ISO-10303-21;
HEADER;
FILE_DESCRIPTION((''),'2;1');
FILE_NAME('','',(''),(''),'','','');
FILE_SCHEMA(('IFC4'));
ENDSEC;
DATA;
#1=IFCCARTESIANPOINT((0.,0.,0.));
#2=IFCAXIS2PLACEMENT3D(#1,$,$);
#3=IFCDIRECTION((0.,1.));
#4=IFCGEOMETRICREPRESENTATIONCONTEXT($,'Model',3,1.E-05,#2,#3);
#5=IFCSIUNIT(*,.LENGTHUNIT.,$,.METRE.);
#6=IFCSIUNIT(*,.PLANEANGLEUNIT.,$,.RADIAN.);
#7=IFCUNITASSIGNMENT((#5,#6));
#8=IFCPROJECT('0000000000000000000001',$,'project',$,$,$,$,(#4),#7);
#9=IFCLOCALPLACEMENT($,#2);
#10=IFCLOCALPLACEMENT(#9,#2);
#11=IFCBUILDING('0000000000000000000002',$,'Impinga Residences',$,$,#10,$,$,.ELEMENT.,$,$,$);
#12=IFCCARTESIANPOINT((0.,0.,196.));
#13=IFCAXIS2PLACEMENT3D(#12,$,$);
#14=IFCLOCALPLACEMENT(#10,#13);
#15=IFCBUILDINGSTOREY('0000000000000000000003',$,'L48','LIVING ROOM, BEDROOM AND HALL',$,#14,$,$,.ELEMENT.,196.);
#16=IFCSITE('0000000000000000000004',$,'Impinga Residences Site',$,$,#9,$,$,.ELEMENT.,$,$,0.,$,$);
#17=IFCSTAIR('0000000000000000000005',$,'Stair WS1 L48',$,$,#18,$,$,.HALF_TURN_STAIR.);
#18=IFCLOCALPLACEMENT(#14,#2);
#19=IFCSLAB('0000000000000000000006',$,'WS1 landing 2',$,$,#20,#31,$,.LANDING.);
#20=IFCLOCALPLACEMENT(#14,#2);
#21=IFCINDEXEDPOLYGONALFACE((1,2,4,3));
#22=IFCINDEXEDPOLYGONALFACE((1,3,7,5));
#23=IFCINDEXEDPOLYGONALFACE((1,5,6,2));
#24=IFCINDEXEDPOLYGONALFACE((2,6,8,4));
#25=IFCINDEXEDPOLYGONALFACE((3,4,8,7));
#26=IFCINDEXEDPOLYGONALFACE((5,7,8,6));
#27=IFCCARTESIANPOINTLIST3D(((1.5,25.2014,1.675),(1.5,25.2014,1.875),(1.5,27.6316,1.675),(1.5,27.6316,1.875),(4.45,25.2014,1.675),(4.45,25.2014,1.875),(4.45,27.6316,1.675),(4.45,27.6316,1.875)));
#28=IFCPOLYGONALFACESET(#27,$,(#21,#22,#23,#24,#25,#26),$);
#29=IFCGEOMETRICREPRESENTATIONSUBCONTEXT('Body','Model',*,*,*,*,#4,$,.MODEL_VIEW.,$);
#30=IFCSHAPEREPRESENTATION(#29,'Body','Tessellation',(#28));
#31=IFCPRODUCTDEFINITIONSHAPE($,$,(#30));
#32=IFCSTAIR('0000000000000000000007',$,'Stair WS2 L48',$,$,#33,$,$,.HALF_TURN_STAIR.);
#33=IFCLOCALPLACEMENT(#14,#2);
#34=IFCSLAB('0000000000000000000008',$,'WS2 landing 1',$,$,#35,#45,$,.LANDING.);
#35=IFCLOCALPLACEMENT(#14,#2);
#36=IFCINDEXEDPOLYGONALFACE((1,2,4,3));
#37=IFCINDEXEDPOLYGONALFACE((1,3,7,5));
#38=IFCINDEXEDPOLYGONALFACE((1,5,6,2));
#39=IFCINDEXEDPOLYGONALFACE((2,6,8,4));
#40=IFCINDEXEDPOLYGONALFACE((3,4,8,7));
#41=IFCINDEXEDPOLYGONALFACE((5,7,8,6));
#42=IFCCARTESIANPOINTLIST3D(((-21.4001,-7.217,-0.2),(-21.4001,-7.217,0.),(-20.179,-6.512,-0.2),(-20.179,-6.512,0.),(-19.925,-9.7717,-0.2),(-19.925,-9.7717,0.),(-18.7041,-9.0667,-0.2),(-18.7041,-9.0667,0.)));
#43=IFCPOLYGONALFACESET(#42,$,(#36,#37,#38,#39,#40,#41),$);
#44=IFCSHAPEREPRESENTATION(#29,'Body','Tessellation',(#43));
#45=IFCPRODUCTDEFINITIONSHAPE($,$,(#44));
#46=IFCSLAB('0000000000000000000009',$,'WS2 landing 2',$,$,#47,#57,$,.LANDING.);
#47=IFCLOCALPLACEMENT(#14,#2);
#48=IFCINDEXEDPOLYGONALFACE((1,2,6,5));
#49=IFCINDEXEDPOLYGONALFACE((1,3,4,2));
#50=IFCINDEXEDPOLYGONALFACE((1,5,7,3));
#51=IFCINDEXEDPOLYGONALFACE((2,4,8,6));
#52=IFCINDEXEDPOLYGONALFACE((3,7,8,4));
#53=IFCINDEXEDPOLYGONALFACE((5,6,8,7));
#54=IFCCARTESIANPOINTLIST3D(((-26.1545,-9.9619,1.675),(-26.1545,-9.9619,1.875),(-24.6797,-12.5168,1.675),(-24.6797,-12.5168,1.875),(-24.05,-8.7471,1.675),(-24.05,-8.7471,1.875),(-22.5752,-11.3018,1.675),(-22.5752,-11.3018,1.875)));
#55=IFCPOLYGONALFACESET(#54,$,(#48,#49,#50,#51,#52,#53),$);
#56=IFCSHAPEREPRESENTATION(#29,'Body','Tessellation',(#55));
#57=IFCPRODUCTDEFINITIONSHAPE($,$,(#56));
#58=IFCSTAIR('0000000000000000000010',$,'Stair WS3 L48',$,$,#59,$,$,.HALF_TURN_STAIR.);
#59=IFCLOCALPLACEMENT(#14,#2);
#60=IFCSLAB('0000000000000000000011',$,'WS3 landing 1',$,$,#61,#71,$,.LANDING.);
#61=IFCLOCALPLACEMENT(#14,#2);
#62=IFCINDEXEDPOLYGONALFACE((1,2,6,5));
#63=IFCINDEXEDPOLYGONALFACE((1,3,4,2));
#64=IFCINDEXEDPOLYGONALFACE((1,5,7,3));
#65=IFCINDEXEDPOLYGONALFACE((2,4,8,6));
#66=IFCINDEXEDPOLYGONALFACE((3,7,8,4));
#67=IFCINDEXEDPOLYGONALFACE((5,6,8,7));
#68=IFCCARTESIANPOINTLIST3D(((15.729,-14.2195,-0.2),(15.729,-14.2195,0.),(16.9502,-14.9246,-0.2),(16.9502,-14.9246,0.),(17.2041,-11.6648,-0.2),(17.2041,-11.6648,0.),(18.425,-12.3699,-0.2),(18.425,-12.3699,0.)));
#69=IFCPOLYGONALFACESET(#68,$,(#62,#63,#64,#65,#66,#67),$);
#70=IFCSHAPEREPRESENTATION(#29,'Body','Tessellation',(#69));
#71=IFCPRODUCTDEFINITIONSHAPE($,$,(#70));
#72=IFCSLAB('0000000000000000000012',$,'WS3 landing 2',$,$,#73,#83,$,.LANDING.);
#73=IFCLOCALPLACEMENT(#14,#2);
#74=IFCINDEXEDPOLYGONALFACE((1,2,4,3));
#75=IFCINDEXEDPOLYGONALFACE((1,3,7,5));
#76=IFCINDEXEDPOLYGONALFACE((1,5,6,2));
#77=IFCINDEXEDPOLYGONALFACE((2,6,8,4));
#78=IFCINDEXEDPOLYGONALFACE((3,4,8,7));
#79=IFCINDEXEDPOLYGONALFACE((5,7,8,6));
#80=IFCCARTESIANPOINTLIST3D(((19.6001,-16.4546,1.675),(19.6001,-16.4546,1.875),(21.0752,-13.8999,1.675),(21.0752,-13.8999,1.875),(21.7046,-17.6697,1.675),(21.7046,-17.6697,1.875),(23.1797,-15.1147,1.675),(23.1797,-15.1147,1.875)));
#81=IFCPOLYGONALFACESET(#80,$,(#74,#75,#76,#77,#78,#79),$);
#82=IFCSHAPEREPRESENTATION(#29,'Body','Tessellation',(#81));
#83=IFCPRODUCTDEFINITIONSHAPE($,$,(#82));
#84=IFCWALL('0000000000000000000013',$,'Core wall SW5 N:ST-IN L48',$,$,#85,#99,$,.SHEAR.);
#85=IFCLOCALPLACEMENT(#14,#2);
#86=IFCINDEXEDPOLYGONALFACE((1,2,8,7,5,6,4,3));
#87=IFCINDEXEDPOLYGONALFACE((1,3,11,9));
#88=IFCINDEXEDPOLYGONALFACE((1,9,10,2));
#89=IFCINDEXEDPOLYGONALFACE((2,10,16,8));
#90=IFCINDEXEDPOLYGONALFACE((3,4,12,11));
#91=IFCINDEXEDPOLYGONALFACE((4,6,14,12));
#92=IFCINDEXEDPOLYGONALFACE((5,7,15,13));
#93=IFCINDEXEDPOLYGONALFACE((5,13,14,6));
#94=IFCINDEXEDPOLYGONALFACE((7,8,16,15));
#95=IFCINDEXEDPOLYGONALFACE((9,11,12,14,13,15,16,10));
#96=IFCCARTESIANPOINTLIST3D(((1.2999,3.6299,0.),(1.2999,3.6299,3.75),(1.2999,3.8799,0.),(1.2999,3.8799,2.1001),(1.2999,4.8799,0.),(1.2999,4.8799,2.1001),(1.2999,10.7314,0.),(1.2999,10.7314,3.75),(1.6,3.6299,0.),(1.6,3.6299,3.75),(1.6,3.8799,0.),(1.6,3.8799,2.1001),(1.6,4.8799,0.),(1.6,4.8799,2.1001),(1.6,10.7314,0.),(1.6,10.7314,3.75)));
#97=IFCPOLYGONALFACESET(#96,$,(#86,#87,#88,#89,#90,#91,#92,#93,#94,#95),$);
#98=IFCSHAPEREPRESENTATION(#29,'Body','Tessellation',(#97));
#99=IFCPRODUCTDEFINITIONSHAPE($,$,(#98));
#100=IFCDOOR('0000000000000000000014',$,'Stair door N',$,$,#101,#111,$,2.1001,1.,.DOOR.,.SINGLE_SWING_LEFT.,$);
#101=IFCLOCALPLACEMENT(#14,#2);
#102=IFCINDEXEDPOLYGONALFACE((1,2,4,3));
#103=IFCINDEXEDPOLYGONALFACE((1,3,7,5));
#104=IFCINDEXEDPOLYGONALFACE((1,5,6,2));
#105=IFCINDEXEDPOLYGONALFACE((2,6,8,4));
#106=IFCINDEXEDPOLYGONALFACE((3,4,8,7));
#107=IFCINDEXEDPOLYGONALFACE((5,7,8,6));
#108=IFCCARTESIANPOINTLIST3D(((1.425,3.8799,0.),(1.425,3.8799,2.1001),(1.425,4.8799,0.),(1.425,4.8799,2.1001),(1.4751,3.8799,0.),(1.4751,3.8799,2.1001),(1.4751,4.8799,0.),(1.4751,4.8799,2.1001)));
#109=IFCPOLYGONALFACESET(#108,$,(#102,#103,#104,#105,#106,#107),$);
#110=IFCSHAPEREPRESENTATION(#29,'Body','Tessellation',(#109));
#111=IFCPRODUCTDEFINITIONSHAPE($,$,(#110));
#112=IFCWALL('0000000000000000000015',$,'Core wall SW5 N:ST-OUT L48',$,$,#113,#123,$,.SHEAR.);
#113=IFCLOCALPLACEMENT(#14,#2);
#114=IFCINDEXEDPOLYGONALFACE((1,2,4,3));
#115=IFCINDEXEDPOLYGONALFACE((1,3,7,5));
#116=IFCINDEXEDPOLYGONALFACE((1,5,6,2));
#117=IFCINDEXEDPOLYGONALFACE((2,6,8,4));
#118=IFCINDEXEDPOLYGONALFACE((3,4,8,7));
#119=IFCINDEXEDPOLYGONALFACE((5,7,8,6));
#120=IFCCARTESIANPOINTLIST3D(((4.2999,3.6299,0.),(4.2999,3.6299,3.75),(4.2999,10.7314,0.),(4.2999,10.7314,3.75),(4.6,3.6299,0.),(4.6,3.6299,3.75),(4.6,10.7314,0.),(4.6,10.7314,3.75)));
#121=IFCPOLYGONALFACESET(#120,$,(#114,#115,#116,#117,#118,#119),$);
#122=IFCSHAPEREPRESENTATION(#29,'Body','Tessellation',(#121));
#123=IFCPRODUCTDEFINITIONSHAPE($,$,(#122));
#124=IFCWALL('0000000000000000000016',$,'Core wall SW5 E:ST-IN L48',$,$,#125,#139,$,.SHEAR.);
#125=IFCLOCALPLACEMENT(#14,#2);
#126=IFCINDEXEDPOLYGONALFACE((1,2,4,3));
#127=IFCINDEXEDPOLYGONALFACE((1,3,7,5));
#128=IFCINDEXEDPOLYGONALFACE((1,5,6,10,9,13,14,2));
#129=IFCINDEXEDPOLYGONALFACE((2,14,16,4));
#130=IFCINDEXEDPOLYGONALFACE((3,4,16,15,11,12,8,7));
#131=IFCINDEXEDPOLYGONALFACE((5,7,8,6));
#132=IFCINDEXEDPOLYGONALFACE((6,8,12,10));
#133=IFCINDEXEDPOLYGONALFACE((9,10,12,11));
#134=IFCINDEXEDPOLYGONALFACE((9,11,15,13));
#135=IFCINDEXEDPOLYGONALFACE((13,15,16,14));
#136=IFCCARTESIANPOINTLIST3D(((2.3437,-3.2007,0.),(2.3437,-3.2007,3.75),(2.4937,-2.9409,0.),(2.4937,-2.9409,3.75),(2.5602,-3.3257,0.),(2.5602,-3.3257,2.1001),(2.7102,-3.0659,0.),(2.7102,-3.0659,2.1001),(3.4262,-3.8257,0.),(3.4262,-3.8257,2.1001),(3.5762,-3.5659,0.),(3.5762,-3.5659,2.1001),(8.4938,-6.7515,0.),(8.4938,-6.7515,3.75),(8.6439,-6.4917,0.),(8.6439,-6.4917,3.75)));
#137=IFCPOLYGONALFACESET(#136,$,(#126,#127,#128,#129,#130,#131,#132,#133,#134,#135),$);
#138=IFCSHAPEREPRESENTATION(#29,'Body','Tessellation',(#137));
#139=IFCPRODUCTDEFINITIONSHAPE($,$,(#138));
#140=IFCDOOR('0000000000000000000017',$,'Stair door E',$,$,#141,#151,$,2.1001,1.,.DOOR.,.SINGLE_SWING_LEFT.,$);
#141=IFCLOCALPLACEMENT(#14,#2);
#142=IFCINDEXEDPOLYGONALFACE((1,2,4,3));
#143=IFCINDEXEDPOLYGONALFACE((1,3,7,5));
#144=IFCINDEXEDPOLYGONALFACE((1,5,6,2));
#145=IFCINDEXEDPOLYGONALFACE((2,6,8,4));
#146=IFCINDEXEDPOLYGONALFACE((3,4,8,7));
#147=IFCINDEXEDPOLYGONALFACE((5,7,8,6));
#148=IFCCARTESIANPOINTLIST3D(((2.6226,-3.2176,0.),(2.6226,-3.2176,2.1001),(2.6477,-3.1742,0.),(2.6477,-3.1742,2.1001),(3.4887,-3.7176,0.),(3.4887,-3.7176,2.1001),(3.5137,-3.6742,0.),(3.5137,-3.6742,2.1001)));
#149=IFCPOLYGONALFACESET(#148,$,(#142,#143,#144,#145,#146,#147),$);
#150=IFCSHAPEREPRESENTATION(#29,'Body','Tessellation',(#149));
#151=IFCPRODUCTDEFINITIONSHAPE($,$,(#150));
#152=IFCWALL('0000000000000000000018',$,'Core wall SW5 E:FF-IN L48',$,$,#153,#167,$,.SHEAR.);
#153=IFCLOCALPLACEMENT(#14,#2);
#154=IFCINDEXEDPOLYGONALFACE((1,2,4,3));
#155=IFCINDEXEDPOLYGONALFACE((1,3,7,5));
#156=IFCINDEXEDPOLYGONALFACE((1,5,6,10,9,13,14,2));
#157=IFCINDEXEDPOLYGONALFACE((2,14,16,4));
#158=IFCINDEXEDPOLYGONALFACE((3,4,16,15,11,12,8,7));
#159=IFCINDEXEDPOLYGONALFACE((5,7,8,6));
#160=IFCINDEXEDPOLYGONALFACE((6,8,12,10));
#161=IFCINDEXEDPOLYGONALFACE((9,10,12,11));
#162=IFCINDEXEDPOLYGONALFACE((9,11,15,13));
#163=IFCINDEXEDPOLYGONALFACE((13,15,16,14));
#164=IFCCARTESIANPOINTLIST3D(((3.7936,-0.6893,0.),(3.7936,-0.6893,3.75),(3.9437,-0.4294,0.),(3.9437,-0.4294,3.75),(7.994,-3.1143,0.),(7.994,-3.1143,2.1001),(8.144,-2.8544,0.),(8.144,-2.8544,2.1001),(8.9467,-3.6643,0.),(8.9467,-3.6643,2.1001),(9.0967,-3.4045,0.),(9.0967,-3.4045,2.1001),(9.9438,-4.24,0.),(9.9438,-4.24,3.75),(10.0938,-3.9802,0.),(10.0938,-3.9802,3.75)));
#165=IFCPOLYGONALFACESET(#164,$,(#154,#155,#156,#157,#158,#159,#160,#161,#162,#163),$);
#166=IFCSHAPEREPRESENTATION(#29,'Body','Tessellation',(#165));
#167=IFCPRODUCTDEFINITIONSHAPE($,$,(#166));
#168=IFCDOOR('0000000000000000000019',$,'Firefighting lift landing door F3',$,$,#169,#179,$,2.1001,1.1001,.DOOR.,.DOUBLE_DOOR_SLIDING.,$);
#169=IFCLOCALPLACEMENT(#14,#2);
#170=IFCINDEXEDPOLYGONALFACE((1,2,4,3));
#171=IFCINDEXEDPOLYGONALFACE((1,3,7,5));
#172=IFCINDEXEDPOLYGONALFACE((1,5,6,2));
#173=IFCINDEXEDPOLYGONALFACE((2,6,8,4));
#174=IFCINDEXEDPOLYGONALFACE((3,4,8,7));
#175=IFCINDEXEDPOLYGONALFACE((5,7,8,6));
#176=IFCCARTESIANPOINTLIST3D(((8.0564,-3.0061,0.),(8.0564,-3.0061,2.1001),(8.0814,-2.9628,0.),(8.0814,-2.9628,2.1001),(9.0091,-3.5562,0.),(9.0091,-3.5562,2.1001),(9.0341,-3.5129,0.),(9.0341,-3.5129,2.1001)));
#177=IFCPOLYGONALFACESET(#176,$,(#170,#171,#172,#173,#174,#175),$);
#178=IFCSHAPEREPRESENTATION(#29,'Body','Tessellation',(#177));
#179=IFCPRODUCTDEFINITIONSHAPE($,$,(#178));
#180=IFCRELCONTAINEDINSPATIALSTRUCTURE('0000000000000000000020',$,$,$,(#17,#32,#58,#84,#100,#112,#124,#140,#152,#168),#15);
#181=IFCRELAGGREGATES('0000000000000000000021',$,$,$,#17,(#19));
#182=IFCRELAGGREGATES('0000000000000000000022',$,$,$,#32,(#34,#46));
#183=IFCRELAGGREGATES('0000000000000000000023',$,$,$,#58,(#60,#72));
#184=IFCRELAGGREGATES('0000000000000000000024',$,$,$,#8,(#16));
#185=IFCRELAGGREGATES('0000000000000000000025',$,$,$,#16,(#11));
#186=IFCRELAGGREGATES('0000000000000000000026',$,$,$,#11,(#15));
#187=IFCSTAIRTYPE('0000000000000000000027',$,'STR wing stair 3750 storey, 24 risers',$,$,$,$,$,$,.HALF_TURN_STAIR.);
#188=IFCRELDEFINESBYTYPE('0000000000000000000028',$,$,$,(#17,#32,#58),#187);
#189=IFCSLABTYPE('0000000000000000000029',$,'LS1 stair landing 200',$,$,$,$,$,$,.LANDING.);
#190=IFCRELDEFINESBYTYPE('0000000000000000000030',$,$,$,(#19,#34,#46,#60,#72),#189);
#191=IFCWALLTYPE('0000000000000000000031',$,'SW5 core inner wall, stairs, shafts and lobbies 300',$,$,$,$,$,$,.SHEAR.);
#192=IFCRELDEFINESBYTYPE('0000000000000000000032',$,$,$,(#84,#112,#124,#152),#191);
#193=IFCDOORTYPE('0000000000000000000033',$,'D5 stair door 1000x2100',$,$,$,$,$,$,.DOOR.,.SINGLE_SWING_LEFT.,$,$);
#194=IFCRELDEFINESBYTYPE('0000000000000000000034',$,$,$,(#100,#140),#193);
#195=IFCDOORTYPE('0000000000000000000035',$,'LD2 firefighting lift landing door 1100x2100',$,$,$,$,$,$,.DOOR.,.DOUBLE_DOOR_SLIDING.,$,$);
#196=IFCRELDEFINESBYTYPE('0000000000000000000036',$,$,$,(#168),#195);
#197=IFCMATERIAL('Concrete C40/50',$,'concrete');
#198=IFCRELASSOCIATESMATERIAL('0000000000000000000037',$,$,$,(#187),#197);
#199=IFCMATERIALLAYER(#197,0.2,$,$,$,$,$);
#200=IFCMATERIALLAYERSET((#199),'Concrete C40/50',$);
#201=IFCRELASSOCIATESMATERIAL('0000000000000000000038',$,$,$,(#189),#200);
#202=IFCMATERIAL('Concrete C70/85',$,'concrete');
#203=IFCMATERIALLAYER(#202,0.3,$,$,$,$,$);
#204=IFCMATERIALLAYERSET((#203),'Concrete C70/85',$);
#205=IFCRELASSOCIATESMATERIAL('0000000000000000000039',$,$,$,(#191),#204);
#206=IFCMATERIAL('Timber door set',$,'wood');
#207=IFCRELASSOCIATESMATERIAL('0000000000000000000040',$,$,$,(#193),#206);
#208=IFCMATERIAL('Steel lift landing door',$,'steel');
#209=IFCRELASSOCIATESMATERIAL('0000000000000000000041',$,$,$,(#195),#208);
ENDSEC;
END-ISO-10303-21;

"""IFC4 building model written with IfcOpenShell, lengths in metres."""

from ifc_helpers import new_model, si_unit, direction, frame, frame_2d, origin, place, context, subcontext, project, spatial, polyline, rectangle, outline, extrude, material, layer, layer_set, type_object, element, fill, aggregate, save


model = new_model("IFC4")

# Units and contexts
model_context = context("Model", 3, precision=1e-05, world=origin(), true_north=direction((0.0, 1.0)))
body_context = subcontext(model_context, "Body", "Model", "MODEL_VIEW")
ifc_project = project(units=[si_unit("LENGTHUNIT", "METRE"), si_unit("PLANEANGLEUNIT", "RADIAN")], contexts=[model_context])

# Site, building, storey
site_placement = place(None, origin())
site = spatial("IfcSite", under=ifc_project, at=site_placement, Name="Impinga Residences Site", CompositionType="ELEMENT", RefElevation=0.0)
building_placement = place(site_placement, origin())
building = spatial("IfcBuilding", under=site, at=building_placement, Name="Impinga Residences", CompositionType="ELEMENT")
storey_placement = place(building_placement, frame((0.0, 0.0, 196.0)))
storey = spatial("IfcBuildingStorey", under=building, at=storey_placement, Name="L48", Description="LIVING ROOM, BEDROOM AND HALL", CompositionType="ELEMENT", Elevation=196.0)

# Stair, slab
ifc_material_1 = material(Name="Concrete C40/50", Category="concrete")
stair_type_1 = type_object("IfcStairType", Name="STR wing stair 3750 storey, 24 risers", PredefinedType="HALF_TURN_STAIR", material=ifc_material_1)
stair_1_placement = place(storey_placement, origin())
stair_1 = element("IfcStair", 1, at=stair_1_placement, inside=storey, type_object=stair_type_1, Name="Stair WS1 L48", PredefinedType="HALF_TURN_STAIR")
ifc_layer_1 = layer(ifc_material_1, 0.2)
ifc_layer_set_1 = layer_set([ifc_layer_1], Name="Concrete C40/50")
slab_type = type_object("IfcSlabType", Name="LS1 stair landing 200", PredefinedType="LANDING", material=ifc_layer_set_1)
slab_1_placement = place(storey_placement, frame((0.0, 0.0, 1.675)))
slab_1 = element("IfcSlab", 2, at=slab_1_placement, type_object=slab_type, Name="WS1 landing 2", PredefinedType="LANDING", context=body_context, shape_type="SweptSolid", body=[
    extrude(outline(polyline([(1.5, 25.2014), (4.45, 25.2014), (4.45, 27.6316), (1.5, 27.6316), (1.5, 25.2014)])), origin(), (0.0, 0.0, 1.0), 0.2),
])
aggregate(stair_1, [slab_1])

# Stairs, slabs
stair_2_placement = place(storey_placement, origin())
stair_2 = element("IfcStair", 3, at=stair_2_placement, inside=storey, type_object=stair_type_1, Name="Stair WS2 L48", PredefinedType="HALF_TURN_STAIR")
slab_2_placement = place(storey_placement, frame((0.0, 0.0, -0.2)))
slab_2 = element("IfcSlab", 4, at=slab_2_placement, type_object=slab_type, Name="WS2 landing 1", PredefinedType="LANDING", context=body_context, shape_type="SweptSolid", body=[
    extrude(outline(polyline([(-18.7041, -9.0667), (-20.179, -6.512), (-21.4001, -7.217), (-19.925, -9.7717), (-18.7041, -9.0667)])), origin(), (0.0, 0.0, 1.0), 0.2),
])
slab_3_placement = place(storey_placement, frame((0.0, 0.0, 1.675)))
slab_3 = element("IfcSlab", 5, at=slab_3_placement, type_object=slab_type, Name="WS2 landing 2", PredefinedType="LANDING", context=body_context, shape_type="SweptSolid", body=[
    extrude(outline(polyline([(-22.5752, -11.3018), (-24.05, -8.7471), (-26.1545, -9.9619), (-24.6797, -12.5168), (-22.5752, -11.3018)])), origin(), (0.0, 0.0, 1.0), 0.2),
])
aggregate(stair_2, [slab_2, slab_3])
stair_3_placement = place(storey_placement, origin())
stair_3 = element("IfcStair", 6, at=stair_3_placement, inside=storey, type_object=stair_type_1, Name="Stair WS3 L48", PredefinedType="HALF_TURN_STAIR")
slab_4_placement = place(storey_placement, frame((0.0, 0.0, -0.2)))
slab_4 = element("IfcSlab", 7, at=slab_4_placement, type_object=slab_type, Name="WS3 landing 1", PredefinedType="LANDING", context=body_context, shape_type="SweptSolid", body=[
    extrude(outline(polyline([(17.2041, -11.6648), (15.729, -14.2195), (16.9502, -14.9246), (18.425, -12.3699), (17.2041, -11.6648)])), origin(), (0.0, 0.0, 1.0), 0.2),
])
slab_5_placement = place(storey_placement, frame((0.0, 0.0, 1.675)))
slab_5 = element("IfcSlab", 8, at=slab_5_placement, type_object=slab_type, Name="WS3 landing 2", PredefinedType="LANDING", context=body_context, shape_type="SweptSolid", body=[
    extrude(outline(polyline([(21.0752, -13.8999), (19.6001, -16.4546), (21.7046, -17.6697), (23.1797, -15.1147), (21.0752, -13.8999)])), origin(), (0.0, 0.0, 1.0), 0.2),
])
aggregate(stair_3, [slab_4, slab_5])

# Wall, opening, door
ifc_material_2 = material(Name="Concrete C70/85", Category="concrete")
ifc_layer_2 = layer(ifc_material_2, 0.3)
ifc_layer_set_2 = layer_set([ifc_layer_2], Name="Concrete C70/85")
wall_type = type_object("IfcWallType", Name="SW5 core inner wall, stairs, shafts and lobbies 300", PredefinedType="SHEAR", material=ifc_layer_set_2)
wall_1_placement = place(storey_placement, frame((1.45, 3.6299, 0.0), z_axis=(0.0, 0.0, 1.0), x_axis=(0.0, 1.0, 0.0)))
wall_1 = element("IfcWall", 9, at=wall_1_placement, inside=storey, type_object=wall_type, Name="Core wall SW5 N:ST-IN L48", PredefinedType="SHEAR", context=body_context, shape_type="SweptSolid", body=[
    extrude(rectangle(XDim=7.1016, YDim=0.3, at=frame_2d((3.5508, 0.0))), origin(), (0.0, 0.0, 1.0), 3.75),
])
opening_1_placement = place(wall_1_placement, frame((0.25, 0.0, 0.0)))
opening_1 = element("IfcOpeningElement", 10, at=opening_1_placement, cuts=wall_1, PredefinedType="OPENING", context=body_context, shape_type="SweptSolid", body=[
    extrude(rectangle(XDim=1.0, YDim=2.1001, at=frame_2d((0.5, 1.05))), frame((0.0, 0.1599, 0.0), z_axis=(0.0, -1.0, 0.0), x_axis=(1.0, 0.0, 0.0)), (0.0, 0.0, 1.0), 0.3201),
])
ifc_material_3 = material(Name="Timber door set", Category="wood")
door_type_1 = type_object("IfcDoorType", Name="D5 stair door 1000x2100", OperationType="SINGLE_SWING_LEFT", PredefinedType="DOOR", material=ifc_material_3)
door_1_placement = place(opening_1_placement, origin())
door_1 = element("IfcDoor", 11, at=door_1_placement, inside=storey, type_object=door_type_1, Name="Stair door N", OperationType="SINGLE_SWING_LEFT", OverallHeight=2.1001, OverallWidth=1.0, PredefinedType="DOOR", context=body_context, shape_type="SweptSolid", body=[
    extrude(rectangle(XDim=1.0, YDim=2.1001, at=frame_2d((0.5, 1.05))), frame((0.0, 0.0249, 0.0), z_axis=(0.0, -1.0, 0.0), x_axis=(1.0, 0.0, 0.0)), (0.0, 0.0, 1.0), 0.05),
])
fill(opening_1, door_1)

# Wall
wall_2_placement = place(storey_placement, frame((4.45, 3.6299, 0.0), z_axis=(0.0, 0.0, 1.0), x_axis=(0.0, 1.0, 0.0)))
element("IfcWall", 12, at=wall_2_placement, inside=storey, type_object=wall_type, Name="Core wall SW5 N:ST-OUT L48", PredefinedType="SHEAR", context=body_context, shape_type="SweptSolid", body=[
    extrude(rectangle(XDim=7.1016, YDim=0.3, at=frame_2d((3.5508, 0.0))), origin(), (0.0, 0.0, 1.0), 3.75),
])

# Walls, openings, doors
wall_3_placement = place(storey_placement, frame((2.4187, -3.0708, 0.0), z_axis=(0.0, 0.0, 1.0), x_axis=(0.866026, -0.499999, 0.0)))
wall_3 = element("IfcWall", 13, at=wall_3_placement, inside=storey, type_object=wall_type, Name="Core wall SW5 E:ST-IN L48", PredefinedType="SHEAR", context=body_context, shape_type="SweptSolid", body=[
    extrude(rectangle(XDim=7.1016, YDim=0.3, at=frame_2d((3.5508, 0.0))), origin(), (0.0, 0.0, 1.0), 3.75),
])
opening_2_placement = place(wall_3_placement, frame((0.25, 0.0, 0.0)))
opening_2 = element("IfcOpeningElement", 14, at=opening_2_placement, cuts=wall_3, PredefinedType="OPENING", context=body_context, shape_type="SweptSolid", body=[
    extrude(rectangle(XDim=1.0, YDim=2.1001, at=frame_2d((0.5, 1.05))), frame((0.0, 0.1599, 0.0), z_axis=(0.0, -1.0, 0.0), x_axis=(1.0, 0.0, 0.0)), (0.0, 0.0, 1.0), 0.3201),
])
door_2_placement = place(opening_2_placement, origin())
door_2 = element("IfcDoor", 15, at=door_2_placement, inside=storey, type_object=door_type_1, Name="Stair door E", OperationType="SINGLE_SWING_LEFT", OverallHeight=2.1001, OverallWidth=1.0, PredefinedType="DOOR", context=body_context, shape_type="SweptSolid", body=[
    extrude(rectangle(XDim=1.0, YDim=2.1001, at=frame_2d((0.5, 1.05))), frame((0.0, 0.0249, 0.0), z_axis=(0.0, -1.0, 0.0), x_axis=(1.0, 0.0, 0.0)), (0.0, 0.0, 1.0), 0.05),
])
fill(opening_2, door_2)
wall_4_placement = place(storey_placement, frame((3.8687, -0.5593, 0.0), z_axis=(0.0, 0.0, 1.0), x_axis=(0.866026, -0.499999, 0.0)))
wall_4 = element("IfcWall", 16, at=wall_4_placement, inside=storey, type_object=wall_type, Name="Core wall SW5 E:FF-IN L48", PredefinedType="SHEAR", context=body_context, shape_type="SweptSolid", body=[
    extrude(rectangle(XDim=7.1016, YDim=0.3, at=frame_2d((3.5508, 0.0))), origin(), (0.0, 0.0, 1.0), 3.75),
])
opening_3_placement = place(wall_4_placement, frame((4.8501, 0.0, 0.0)))
opening_3 = element("IfcOpeningElement", 17, at=opening_3_placement, cuts=wall_4, PredefinedType="OPENING", context=body_context, shape_type="SweptSolid", body=[
    extrude(rectangle(XDim=1.1001, YDim=2.1001, at=frame_2d((0.55, 1.05))), frame((0.0, 0.1599, 0.0), z_axis=(0.0, -1.0, 0.0), x_axis=(1.0, 0.0, 0.0)), (0.0, 0.0, 1.0), 0.3201),
])
ifc_material_4 = material(Name="Steel lift landing door", Category="steel")
door_type_2 = type_object("IfcDoorType", Name="LD2 firefighting lift landing door 1100x2100", OperationType="DOUBLE_DOOR_SLIDING", PredefinedType="DOOR", material=ifc_material_4)
door_3_placement = place(opening_3_placement, origin())
door_3 = element("IfcDoor", 18, at=door_3_placement, inside=storey, type_object=door_type_2, Name="Firefighting lift landing door F3", OperationType="DOUBLE_DOOR_SLIDING", OverallHeight=2.1001, OverallWidth=1.1001, PredefinedType="DOOR", context=body_context, shape_type="SweptSolid", body=[
    extrude(rectangle(XDim=1.1001, YDim=2.1001, at=frame_2d((0.55, 1.05))), frame((0.0, 0.0249, 0.0), z_axis=(0.0, -1.0, 0.0), x_axis=(1.0, 0.0, 0.0)), (0.0, 0.0, 1.0), 0.05),
])
fill(opening_3, door_3)

save(model, "model.ifc")
